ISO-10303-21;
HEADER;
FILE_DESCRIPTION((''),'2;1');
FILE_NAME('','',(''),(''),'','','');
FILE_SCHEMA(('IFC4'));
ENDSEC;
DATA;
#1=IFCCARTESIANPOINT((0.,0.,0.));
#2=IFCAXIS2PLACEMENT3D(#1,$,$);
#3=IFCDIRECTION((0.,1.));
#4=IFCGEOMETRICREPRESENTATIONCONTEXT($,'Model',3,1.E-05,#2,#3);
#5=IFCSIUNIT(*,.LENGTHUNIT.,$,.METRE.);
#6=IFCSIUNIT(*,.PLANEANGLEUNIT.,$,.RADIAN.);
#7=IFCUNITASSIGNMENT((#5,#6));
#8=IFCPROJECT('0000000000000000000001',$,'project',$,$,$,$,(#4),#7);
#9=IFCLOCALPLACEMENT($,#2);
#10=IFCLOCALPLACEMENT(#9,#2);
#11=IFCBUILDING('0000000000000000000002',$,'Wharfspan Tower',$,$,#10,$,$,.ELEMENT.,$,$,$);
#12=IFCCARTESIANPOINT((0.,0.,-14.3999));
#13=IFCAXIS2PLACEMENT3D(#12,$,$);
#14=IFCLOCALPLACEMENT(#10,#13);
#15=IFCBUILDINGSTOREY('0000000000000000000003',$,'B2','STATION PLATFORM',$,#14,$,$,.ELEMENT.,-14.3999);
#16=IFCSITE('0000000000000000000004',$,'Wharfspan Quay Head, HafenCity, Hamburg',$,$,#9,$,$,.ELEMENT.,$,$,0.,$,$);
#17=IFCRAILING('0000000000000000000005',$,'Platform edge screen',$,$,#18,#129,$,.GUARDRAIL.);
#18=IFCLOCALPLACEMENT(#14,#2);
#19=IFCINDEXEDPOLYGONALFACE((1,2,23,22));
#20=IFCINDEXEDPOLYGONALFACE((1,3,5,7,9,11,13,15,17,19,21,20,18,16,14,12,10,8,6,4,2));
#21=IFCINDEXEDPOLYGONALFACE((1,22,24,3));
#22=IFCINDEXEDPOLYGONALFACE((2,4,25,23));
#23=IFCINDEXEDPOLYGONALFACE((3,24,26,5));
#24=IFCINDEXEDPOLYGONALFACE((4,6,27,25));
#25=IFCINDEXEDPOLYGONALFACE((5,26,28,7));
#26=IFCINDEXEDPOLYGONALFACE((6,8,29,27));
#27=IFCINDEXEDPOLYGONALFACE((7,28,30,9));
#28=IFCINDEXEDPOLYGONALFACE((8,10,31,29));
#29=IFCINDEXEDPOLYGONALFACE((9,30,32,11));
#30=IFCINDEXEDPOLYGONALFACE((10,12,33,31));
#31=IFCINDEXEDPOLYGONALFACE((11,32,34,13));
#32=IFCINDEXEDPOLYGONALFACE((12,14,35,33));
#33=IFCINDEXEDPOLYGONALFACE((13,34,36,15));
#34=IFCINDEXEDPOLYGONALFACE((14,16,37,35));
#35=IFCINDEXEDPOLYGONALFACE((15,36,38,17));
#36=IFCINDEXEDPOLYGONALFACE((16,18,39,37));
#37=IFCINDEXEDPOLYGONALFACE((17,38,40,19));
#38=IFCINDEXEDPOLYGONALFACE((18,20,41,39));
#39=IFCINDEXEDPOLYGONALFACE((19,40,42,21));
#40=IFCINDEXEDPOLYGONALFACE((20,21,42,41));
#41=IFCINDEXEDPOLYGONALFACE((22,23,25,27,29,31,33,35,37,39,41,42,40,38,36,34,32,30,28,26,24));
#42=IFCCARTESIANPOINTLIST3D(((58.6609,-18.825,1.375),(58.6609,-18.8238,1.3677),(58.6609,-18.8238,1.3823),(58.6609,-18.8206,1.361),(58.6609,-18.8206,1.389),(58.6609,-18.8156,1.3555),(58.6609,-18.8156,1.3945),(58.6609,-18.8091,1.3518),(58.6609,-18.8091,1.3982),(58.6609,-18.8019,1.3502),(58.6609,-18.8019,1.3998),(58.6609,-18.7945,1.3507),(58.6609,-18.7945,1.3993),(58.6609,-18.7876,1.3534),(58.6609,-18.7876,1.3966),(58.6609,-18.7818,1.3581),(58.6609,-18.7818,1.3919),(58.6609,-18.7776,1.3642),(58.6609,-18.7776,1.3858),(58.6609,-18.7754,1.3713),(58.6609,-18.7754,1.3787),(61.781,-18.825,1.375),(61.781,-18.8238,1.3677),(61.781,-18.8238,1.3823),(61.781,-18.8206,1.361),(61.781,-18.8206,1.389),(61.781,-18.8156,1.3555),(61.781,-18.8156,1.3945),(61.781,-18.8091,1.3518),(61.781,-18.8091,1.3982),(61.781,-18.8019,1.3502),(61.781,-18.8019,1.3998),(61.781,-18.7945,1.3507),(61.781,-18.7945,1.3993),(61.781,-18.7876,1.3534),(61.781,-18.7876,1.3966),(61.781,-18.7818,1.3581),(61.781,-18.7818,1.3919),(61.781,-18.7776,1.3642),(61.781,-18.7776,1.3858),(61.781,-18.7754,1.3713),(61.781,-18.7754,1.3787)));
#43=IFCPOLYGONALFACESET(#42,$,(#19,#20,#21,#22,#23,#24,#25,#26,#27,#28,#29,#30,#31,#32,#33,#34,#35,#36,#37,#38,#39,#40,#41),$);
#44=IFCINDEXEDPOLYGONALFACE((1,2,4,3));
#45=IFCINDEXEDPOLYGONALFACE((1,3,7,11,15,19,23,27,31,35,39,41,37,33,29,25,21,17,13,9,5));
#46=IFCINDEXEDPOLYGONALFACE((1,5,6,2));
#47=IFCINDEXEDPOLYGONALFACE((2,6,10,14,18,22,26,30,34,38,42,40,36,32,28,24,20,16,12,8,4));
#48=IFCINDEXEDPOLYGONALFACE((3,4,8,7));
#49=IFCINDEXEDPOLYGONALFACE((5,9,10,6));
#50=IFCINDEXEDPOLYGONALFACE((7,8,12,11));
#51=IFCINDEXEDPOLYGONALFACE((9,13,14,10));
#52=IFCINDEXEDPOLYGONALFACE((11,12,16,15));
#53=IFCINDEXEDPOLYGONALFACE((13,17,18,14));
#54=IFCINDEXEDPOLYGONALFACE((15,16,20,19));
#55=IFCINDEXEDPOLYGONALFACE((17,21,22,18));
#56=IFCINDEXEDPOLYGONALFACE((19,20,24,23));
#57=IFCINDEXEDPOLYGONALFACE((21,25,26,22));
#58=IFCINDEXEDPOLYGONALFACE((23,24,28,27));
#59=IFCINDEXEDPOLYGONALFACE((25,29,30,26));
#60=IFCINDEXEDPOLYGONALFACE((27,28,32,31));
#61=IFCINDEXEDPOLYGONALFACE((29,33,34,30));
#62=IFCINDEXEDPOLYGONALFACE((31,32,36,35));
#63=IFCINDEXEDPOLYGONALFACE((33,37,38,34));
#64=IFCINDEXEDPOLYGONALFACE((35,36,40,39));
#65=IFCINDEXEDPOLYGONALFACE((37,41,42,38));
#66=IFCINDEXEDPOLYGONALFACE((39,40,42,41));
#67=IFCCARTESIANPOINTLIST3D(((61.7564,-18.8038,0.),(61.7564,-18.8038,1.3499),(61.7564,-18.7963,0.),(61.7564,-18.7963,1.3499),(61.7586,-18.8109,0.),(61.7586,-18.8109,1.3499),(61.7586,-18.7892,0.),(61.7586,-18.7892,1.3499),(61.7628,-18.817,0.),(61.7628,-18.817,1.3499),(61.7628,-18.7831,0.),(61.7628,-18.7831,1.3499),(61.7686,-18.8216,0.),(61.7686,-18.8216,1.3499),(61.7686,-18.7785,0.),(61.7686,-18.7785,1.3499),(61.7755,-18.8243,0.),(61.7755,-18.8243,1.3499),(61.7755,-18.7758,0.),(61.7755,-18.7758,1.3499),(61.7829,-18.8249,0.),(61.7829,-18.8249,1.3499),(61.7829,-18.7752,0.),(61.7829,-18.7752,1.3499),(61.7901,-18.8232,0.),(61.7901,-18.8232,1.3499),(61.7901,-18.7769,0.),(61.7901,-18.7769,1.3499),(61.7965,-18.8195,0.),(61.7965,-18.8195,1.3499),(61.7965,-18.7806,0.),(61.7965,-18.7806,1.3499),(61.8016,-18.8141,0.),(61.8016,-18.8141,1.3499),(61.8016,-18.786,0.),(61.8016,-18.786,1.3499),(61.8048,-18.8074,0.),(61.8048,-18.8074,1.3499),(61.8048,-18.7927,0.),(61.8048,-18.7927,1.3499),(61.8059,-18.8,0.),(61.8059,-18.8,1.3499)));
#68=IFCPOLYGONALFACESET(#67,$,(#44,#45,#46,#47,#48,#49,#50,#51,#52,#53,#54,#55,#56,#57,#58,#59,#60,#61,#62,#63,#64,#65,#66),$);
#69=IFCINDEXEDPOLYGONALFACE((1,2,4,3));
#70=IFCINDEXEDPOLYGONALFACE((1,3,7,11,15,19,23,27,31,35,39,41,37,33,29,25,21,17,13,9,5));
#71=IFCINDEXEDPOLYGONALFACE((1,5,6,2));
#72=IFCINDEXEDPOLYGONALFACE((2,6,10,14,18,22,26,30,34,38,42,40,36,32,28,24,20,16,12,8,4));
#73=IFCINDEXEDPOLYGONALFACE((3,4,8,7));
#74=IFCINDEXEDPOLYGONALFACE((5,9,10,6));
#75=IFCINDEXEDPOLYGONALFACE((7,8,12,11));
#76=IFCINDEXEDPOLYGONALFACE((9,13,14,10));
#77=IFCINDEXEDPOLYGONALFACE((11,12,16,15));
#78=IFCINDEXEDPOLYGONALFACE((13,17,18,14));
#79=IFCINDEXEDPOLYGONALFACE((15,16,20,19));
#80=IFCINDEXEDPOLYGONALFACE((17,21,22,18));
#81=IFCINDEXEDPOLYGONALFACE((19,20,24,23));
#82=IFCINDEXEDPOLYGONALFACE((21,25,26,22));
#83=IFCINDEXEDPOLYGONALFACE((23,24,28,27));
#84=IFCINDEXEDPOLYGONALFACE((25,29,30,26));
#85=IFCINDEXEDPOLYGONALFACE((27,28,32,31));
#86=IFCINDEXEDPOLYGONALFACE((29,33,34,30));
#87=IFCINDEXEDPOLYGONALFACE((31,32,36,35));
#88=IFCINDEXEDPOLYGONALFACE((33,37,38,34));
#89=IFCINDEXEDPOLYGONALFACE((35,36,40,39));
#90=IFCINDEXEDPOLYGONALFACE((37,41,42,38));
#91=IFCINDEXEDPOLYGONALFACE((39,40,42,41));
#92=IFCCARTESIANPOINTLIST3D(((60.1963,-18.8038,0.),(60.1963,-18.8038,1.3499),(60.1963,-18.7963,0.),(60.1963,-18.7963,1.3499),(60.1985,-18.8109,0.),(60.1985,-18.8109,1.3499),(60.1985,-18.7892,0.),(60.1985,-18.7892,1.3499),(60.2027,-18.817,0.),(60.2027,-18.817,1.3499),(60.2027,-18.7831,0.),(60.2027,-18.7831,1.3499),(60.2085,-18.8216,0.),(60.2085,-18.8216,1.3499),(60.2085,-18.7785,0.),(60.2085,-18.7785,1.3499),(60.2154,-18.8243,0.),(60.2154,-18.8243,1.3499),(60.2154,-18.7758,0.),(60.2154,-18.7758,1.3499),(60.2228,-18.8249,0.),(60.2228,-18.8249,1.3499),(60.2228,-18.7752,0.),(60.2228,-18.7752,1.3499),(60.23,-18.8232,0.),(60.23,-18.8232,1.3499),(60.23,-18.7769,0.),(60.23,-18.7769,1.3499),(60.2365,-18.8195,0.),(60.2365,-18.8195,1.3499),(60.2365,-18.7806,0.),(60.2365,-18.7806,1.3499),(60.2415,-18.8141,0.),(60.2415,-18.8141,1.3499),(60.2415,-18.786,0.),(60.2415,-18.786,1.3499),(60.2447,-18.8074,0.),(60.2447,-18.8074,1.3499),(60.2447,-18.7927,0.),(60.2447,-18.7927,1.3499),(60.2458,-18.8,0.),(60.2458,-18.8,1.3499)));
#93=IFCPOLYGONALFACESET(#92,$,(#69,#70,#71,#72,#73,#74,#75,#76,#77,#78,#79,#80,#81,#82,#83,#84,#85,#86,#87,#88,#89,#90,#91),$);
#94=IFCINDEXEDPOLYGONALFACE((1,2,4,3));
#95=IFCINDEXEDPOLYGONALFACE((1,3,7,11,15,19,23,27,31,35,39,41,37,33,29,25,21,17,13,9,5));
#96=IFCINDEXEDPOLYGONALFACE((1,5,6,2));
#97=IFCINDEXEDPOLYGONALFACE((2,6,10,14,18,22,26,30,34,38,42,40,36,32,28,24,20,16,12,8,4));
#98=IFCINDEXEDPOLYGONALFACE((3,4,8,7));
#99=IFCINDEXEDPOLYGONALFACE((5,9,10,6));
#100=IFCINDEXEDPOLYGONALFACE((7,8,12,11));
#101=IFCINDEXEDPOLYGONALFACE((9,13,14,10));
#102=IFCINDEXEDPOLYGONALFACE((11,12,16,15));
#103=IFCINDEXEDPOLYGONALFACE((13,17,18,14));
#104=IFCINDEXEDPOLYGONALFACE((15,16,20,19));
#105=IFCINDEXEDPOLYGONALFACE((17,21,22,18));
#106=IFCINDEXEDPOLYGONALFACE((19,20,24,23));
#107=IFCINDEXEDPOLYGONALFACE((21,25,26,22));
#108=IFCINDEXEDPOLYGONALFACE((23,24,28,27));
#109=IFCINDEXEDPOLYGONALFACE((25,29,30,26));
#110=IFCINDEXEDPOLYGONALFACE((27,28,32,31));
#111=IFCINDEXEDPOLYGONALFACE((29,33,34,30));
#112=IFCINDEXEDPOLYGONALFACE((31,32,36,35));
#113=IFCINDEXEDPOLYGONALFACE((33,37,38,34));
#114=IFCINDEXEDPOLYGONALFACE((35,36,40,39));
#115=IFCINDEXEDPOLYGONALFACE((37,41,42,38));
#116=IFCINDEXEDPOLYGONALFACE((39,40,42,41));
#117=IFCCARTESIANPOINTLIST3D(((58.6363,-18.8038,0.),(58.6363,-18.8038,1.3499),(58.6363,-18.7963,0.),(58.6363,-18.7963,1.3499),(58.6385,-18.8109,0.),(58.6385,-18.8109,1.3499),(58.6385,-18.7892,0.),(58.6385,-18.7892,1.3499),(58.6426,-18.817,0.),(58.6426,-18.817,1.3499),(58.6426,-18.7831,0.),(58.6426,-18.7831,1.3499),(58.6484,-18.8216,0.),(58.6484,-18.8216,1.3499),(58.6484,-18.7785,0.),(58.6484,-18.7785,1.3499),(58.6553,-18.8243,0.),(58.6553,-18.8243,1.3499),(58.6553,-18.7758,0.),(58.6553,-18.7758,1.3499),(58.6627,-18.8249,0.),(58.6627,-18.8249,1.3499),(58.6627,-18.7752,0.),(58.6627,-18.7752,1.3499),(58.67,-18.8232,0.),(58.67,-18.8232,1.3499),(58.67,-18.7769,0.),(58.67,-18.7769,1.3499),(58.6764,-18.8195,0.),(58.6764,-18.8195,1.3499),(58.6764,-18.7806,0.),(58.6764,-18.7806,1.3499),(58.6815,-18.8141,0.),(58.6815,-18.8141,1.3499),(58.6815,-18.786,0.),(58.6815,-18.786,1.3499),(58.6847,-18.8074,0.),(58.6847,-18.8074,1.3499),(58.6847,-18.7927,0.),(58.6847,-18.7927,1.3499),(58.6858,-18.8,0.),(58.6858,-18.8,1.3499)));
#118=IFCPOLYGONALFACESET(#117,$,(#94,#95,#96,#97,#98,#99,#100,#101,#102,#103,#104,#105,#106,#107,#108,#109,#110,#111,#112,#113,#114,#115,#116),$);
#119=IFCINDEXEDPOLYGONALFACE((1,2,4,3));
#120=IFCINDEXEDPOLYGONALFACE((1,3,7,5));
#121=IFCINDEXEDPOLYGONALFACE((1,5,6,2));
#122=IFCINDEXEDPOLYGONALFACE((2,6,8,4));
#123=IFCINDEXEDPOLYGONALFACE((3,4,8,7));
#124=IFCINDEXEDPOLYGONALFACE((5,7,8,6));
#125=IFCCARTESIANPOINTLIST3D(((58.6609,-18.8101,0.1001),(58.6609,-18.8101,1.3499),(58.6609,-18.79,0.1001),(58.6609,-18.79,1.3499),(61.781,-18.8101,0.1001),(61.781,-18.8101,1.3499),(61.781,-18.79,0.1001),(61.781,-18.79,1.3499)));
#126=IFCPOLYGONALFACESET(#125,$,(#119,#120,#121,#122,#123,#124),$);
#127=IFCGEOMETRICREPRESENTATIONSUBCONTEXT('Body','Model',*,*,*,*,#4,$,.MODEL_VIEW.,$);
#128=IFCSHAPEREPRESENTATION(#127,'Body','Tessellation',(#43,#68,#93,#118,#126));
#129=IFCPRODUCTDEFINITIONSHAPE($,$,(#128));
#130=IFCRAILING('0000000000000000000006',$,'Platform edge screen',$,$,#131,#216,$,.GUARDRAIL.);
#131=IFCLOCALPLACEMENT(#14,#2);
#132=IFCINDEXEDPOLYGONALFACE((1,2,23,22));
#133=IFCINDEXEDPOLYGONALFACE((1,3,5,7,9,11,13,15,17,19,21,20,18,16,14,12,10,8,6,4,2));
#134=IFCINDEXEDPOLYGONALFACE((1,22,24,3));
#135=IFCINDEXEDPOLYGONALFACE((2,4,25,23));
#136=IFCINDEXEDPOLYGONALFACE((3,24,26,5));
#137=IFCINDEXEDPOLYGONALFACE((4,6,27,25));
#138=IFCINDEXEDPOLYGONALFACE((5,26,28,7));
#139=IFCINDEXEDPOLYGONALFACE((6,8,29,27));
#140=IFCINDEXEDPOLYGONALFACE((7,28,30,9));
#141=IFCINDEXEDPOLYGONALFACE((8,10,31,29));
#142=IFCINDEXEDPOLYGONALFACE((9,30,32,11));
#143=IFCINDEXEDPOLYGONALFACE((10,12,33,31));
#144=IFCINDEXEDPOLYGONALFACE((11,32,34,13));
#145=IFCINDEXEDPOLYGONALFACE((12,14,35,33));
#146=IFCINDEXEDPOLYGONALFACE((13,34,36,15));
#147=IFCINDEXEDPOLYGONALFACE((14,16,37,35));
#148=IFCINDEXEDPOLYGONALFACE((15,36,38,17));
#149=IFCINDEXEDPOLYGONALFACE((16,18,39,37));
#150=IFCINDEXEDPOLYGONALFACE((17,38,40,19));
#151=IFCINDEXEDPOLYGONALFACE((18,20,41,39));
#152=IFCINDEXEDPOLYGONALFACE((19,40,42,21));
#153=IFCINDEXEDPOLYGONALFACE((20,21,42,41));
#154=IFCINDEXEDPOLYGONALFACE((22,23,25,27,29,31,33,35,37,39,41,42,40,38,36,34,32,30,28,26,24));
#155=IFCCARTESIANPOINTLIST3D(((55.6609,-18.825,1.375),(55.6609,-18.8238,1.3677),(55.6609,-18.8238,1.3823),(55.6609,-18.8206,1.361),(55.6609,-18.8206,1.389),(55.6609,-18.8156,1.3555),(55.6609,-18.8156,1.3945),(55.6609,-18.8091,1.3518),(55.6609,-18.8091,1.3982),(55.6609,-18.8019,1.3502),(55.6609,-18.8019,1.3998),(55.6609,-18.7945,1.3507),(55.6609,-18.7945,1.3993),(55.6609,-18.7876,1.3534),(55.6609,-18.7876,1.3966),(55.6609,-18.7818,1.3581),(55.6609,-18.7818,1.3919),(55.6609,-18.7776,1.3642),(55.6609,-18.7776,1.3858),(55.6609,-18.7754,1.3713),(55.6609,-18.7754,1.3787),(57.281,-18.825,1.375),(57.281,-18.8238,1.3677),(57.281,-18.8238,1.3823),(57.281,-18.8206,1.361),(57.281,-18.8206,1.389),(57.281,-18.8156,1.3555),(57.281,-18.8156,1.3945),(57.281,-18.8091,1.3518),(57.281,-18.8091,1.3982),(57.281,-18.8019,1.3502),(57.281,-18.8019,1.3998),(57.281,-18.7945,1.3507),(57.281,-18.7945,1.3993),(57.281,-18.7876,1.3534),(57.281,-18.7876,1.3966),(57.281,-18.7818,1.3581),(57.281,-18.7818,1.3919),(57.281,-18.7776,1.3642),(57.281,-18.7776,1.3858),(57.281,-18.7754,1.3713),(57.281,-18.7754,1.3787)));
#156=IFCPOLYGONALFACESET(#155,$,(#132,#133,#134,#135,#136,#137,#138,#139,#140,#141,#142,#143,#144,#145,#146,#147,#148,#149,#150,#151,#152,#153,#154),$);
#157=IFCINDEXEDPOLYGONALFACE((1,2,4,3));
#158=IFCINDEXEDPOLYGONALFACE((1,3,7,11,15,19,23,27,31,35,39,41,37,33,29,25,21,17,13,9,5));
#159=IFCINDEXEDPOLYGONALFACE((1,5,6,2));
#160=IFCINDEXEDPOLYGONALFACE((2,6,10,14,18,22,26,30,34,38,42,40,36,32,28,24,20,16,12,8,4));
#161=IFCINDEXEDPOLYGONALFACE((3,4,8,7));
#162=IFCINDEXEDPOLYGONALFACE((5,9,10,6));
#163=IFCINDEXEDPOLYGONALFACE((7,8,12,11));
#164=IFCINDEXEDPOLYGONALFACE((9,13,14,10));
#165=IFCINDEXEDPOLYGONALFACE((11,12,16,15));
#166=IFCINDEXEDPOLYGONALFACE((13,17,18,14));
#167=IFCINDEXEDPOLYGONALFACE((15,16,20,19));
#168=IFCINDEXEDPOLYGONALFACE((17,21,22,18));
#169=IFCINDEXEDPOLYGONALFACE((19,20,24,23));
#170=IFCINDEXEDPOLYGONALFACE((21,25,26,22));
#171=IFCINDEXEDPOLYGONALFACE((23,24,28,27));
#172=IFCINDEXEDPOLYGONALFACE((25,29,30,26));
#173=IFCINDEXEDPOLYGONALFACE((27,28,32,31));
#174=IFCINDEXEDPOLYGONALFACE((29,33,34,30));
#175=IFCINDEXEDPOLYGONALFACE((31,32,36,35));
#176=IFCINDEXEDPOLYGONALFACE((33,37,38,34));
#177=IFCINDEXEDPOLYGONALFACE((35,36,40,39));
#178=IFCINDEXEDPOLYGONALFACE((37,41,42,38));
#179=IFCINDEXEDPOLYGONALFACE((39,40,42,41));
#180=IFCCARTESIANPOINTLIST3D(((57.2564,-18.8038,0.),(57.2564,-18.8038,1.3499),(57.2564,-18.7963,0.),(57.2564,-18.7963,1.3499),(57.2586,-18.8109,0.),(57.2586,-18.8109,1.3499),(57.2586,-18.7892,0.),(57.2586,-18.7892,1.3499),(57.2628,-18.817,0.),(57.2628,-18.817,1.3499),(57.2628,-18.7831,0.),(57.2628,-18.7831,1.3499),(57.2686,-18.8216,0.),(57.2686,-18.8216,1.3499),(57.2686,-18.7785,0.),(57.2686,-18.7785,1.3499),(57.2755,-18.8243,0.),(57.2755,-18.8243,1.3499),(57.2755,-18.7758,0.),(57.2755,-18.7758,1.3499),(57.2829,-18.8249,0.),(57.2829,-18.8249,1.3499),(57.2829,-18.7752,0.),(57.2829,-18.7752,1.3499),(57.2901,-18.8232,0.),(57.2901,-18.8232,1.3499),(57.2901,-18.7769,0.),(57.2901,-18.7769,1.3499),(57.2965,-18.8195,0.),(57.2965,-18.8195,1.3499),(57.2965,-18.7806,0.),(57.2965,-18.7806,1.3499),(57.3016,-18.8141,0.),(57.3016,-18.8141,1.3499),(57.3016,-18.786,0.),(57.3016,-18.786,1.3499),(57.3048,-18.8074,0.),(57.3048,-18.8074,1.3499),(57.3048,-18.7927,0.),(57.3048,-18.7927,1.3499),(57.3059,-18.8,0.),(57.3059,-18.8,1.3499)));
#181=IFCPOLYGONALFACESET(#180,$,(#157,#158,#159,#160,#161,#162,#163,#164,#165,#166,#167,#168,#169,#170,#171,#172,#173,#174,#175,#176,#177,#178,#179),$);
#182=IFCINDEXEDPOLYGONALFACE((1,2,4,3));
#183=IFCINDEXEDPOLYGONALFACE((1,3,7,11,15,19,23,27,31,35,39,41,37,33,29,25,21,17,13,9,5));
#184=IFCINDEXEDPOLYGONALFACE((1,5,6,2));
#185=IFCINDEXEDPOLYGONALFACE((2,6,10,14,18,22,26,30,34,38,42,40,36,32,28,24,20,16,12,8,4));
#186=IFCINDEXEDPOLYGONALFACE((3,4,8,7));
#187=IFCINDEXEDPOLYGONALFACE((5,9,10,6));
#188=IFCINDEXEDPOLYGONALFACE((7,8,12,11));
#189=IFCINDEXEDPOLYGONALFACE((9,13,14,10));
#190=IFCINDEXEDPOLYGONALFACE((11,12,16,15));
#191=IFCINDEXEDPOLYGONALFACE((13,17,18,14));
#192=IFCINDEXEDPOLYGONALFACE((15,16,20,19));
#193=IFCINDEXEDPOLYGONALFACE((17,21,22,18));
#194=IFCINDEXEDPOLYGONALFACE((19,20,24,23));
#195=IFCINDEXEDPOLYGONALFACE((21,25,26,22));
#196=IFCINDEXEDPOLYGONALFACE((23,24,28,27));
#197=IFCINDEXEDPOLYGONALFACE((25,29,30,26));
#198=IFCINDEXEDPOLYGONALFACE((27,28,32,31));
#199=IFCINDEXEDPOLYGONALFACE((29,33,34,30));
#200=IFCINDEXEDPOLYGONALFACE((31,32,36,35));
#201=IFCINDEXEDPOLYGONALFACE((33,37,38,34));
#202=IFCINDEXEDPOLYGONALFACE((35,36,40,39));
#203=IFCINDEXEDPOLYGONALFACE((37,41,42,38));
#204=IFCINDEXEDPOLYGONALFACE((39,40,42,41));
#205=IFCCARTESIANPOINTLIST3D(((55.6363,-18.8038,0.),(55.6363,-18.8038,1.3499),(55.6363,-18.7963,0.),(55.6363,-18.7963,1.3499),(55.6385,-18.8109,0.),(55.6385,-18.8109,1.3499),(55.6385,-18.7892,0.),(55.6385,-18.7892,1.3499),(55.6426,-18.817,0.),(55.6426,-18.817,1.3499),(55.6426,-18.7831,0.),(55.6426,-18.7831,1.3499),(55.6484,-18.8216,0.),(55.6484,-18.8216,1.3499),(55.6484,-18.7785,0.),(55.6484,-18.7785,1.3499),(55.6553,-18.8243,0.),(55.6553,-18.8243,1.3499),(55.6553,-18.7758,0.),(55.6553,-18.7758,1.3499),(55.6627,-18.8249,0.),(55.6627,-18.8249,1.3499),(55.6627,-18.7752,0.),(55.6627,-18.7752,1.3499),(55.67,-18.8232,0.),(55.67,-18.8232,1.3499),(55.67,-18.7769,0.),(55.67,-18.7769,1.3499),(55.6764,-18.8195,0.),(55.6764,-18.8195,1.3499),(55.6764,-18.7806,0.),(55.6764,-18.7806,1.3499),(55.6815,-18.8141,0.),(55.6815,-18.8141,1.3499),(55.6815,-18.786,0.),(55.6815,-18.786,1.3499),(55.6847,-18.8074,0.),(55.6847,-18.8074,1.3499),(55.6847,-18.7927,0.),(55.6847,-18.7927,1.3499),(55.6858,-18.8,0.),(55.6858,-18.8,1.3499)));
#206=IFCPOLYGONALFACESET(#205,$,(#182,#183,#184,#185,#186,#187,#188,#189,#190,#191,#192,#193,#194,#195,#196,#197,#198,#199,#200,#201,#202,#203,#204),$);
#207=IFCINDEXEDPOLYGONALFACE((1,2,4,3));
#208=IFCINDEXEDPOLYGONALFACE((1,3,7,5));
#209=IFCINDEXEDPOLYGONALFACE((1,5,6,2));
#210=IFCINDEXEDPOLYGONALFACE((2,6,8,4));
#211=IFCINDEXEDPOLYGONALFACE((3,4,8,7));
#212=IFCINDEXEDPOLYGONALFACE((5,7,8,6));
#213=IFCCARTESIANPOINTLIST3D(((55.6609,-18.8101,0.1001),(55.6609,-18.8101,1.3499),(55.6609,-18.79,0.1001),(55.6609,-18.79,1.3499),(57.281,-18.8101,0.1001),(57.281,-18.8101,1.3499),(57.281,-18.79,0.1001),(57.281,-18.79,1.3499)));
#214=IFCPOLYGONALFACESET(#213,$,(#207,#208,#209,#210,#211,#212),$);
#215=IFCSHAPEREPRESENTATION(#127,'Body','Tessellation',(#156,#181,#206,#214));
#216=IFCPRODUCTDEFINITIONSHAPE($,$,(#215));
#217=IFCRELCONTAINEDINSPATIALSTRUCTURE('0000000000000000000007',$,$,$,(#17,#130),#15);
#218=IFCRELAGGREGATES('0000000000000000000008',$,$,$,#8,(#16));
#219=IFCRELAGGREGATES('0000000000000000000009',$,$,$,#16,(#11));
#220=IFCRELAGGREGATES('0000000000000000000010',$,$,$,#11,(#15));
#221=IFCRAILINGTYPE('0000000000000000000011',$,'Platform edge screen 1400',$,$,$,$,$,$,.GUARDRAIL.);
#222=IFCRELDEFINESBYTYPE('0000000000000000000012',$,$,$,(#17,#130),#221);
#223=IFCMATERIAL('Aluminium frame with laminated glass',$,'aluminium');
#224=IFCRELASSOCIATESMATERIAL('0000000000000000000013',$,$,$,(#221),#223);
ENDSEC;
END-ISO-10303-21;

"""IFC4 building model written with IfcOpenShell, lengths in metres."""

from ifc_helpers import new_model, si_unit, direction, frame, origin, origin_2d, place, context, subcontext, project, spatial, rectangle, circle, extrude, material, type_object, element, save


model = new_model("IFC4")

# Units and contexts
model_context = context("Model", 3, precision=1e-05, world=origin(), true_north=direction((0.0, 1.0)))
body_context = subcontext(model_context, "Body", "Model", "MODEL_VIEW")
ifc_project = project(units=[si_unit("LENGTHUNIT", "METRE"), si_unit("PLANEANGLEUNIT", "RADIAN")], contexts=[model_context])

# Site, building, storey
site_placement = place(None, origin())
site = spatial("IfcSite", under=ifc_project, at=site_placement, Name="Wharfspan Quay Head, HafenCity, Hamburg", CompositionType="ELEMENT", RefElevation=0.0)
building_placement = place(site_placement, origin())
building = spatial("IfcBuilding", under=site, at=building_placement, Name="Wharfspan Tower", CompositionType="ELEMENT")
storey_placement = place(building_placement, frame((0.0, 0.0, -14.3999)))
storey = spatial("IfcBuildingStorey", under=building, at=storey_placement, Name="B2", Description="STATION PLATFORM", CompositionType="ELEMENT", Elevation=-14.3999)

# Railings
ifc_material_1 = material(Name="Aluminium frame with laminated glass", Category="aluminium")
railing_type_1 = type_object("IfcRailingType", Name="Platform edge screen 1400", PredefinedType="GUARDRAIL", material=ifc_material_1)
railing_1_placement = place(storey_placement, frame((61.781, -18.8, 0.0)))
element("IfcRailing", 1, at=railing_1_placement, inside=storey, type_object=railing_type_1, Name="Platform edge screen", PredefinedType="GUARDRAIL", context=body_context, shape_type="SweptSolid", body=[
    extrude(circle(Radius=0.0249, at=origin_2d()), frame((0.0, 0.0, 1.375), z_axis=(-1.0, 0.0, 0.0), x_axis=(0.0, -1.0, 0.0)), (0.0, 0.0, 1.0), 3.1201),
    extrude(circle(Radius=0.0249, at=origin_2d()), origin(), (0.0, 0.0, 1.0), 1.3499),
    extrude(circle(Radius=0.0249, at=origin_2d()), frame((-1.5601, 0.0, 0.0)), (0.0, 0.0, 1.0), 1.3499),
    extrude(circle(Radius=0.0249, at=origin_2d()), frame((-3.1201, 0.0, 0.0)), (0.0, 0.0, 1.0), 1.3499),
    extrude(rectangle(XDim=3.1201, YDim=0.02, at=origin_2d()), frame((-1.5601, 0.0, 0.1001), z_axis=(0.0, 0.0, 1.0), x_axis=(-1.0, 0.0, 0.0)), (0.0, 0.0, 1.0), 1.2498),
])
railing_2_placement = place(storey_placement, frame((57.281, -18.8, 0.0)))
element("IfcRailing", 2, at=railing_2_placement, inside=storey, type_object=railing_type_1, Name="Platform edge screen", PredefinedType="GUARDRAIL", context=body_context, shape_type="SweptSolid", body=[
    extrude(circle(Radius=0.0249, at=origin_2d()), frame((0.0, 0.0, 1.375), z_axis=(-1.0, 0.0, 0.0), x_axis=(0.0, -1.0, 0.0)), (0.0, 0.0, 1.0), 1.6201),
    extrude(circle(Radius=0.0249, at=origin_2d()), origin(), (0.0, 0.0, 1.0), 1.3499),
    extrude(circle(Radius=0.0249, at=origin_2d()), frame((-1.6201, 0.0, 0.0)), (0.0, 0.0, 1.0), 1.3499),
    extrude(rectangle(XDim=1.6201, YDim=0.02, at=origin_2d()), frame((-0.8101, 0.0, 0.1001), z_axis=(0.0, 0.0, 1.0), x_axis=(-1.0, 0.0, 0.0)), (0.0, 0.0, 1.0), 1.2498),
])

save(model, "model.ifc")
